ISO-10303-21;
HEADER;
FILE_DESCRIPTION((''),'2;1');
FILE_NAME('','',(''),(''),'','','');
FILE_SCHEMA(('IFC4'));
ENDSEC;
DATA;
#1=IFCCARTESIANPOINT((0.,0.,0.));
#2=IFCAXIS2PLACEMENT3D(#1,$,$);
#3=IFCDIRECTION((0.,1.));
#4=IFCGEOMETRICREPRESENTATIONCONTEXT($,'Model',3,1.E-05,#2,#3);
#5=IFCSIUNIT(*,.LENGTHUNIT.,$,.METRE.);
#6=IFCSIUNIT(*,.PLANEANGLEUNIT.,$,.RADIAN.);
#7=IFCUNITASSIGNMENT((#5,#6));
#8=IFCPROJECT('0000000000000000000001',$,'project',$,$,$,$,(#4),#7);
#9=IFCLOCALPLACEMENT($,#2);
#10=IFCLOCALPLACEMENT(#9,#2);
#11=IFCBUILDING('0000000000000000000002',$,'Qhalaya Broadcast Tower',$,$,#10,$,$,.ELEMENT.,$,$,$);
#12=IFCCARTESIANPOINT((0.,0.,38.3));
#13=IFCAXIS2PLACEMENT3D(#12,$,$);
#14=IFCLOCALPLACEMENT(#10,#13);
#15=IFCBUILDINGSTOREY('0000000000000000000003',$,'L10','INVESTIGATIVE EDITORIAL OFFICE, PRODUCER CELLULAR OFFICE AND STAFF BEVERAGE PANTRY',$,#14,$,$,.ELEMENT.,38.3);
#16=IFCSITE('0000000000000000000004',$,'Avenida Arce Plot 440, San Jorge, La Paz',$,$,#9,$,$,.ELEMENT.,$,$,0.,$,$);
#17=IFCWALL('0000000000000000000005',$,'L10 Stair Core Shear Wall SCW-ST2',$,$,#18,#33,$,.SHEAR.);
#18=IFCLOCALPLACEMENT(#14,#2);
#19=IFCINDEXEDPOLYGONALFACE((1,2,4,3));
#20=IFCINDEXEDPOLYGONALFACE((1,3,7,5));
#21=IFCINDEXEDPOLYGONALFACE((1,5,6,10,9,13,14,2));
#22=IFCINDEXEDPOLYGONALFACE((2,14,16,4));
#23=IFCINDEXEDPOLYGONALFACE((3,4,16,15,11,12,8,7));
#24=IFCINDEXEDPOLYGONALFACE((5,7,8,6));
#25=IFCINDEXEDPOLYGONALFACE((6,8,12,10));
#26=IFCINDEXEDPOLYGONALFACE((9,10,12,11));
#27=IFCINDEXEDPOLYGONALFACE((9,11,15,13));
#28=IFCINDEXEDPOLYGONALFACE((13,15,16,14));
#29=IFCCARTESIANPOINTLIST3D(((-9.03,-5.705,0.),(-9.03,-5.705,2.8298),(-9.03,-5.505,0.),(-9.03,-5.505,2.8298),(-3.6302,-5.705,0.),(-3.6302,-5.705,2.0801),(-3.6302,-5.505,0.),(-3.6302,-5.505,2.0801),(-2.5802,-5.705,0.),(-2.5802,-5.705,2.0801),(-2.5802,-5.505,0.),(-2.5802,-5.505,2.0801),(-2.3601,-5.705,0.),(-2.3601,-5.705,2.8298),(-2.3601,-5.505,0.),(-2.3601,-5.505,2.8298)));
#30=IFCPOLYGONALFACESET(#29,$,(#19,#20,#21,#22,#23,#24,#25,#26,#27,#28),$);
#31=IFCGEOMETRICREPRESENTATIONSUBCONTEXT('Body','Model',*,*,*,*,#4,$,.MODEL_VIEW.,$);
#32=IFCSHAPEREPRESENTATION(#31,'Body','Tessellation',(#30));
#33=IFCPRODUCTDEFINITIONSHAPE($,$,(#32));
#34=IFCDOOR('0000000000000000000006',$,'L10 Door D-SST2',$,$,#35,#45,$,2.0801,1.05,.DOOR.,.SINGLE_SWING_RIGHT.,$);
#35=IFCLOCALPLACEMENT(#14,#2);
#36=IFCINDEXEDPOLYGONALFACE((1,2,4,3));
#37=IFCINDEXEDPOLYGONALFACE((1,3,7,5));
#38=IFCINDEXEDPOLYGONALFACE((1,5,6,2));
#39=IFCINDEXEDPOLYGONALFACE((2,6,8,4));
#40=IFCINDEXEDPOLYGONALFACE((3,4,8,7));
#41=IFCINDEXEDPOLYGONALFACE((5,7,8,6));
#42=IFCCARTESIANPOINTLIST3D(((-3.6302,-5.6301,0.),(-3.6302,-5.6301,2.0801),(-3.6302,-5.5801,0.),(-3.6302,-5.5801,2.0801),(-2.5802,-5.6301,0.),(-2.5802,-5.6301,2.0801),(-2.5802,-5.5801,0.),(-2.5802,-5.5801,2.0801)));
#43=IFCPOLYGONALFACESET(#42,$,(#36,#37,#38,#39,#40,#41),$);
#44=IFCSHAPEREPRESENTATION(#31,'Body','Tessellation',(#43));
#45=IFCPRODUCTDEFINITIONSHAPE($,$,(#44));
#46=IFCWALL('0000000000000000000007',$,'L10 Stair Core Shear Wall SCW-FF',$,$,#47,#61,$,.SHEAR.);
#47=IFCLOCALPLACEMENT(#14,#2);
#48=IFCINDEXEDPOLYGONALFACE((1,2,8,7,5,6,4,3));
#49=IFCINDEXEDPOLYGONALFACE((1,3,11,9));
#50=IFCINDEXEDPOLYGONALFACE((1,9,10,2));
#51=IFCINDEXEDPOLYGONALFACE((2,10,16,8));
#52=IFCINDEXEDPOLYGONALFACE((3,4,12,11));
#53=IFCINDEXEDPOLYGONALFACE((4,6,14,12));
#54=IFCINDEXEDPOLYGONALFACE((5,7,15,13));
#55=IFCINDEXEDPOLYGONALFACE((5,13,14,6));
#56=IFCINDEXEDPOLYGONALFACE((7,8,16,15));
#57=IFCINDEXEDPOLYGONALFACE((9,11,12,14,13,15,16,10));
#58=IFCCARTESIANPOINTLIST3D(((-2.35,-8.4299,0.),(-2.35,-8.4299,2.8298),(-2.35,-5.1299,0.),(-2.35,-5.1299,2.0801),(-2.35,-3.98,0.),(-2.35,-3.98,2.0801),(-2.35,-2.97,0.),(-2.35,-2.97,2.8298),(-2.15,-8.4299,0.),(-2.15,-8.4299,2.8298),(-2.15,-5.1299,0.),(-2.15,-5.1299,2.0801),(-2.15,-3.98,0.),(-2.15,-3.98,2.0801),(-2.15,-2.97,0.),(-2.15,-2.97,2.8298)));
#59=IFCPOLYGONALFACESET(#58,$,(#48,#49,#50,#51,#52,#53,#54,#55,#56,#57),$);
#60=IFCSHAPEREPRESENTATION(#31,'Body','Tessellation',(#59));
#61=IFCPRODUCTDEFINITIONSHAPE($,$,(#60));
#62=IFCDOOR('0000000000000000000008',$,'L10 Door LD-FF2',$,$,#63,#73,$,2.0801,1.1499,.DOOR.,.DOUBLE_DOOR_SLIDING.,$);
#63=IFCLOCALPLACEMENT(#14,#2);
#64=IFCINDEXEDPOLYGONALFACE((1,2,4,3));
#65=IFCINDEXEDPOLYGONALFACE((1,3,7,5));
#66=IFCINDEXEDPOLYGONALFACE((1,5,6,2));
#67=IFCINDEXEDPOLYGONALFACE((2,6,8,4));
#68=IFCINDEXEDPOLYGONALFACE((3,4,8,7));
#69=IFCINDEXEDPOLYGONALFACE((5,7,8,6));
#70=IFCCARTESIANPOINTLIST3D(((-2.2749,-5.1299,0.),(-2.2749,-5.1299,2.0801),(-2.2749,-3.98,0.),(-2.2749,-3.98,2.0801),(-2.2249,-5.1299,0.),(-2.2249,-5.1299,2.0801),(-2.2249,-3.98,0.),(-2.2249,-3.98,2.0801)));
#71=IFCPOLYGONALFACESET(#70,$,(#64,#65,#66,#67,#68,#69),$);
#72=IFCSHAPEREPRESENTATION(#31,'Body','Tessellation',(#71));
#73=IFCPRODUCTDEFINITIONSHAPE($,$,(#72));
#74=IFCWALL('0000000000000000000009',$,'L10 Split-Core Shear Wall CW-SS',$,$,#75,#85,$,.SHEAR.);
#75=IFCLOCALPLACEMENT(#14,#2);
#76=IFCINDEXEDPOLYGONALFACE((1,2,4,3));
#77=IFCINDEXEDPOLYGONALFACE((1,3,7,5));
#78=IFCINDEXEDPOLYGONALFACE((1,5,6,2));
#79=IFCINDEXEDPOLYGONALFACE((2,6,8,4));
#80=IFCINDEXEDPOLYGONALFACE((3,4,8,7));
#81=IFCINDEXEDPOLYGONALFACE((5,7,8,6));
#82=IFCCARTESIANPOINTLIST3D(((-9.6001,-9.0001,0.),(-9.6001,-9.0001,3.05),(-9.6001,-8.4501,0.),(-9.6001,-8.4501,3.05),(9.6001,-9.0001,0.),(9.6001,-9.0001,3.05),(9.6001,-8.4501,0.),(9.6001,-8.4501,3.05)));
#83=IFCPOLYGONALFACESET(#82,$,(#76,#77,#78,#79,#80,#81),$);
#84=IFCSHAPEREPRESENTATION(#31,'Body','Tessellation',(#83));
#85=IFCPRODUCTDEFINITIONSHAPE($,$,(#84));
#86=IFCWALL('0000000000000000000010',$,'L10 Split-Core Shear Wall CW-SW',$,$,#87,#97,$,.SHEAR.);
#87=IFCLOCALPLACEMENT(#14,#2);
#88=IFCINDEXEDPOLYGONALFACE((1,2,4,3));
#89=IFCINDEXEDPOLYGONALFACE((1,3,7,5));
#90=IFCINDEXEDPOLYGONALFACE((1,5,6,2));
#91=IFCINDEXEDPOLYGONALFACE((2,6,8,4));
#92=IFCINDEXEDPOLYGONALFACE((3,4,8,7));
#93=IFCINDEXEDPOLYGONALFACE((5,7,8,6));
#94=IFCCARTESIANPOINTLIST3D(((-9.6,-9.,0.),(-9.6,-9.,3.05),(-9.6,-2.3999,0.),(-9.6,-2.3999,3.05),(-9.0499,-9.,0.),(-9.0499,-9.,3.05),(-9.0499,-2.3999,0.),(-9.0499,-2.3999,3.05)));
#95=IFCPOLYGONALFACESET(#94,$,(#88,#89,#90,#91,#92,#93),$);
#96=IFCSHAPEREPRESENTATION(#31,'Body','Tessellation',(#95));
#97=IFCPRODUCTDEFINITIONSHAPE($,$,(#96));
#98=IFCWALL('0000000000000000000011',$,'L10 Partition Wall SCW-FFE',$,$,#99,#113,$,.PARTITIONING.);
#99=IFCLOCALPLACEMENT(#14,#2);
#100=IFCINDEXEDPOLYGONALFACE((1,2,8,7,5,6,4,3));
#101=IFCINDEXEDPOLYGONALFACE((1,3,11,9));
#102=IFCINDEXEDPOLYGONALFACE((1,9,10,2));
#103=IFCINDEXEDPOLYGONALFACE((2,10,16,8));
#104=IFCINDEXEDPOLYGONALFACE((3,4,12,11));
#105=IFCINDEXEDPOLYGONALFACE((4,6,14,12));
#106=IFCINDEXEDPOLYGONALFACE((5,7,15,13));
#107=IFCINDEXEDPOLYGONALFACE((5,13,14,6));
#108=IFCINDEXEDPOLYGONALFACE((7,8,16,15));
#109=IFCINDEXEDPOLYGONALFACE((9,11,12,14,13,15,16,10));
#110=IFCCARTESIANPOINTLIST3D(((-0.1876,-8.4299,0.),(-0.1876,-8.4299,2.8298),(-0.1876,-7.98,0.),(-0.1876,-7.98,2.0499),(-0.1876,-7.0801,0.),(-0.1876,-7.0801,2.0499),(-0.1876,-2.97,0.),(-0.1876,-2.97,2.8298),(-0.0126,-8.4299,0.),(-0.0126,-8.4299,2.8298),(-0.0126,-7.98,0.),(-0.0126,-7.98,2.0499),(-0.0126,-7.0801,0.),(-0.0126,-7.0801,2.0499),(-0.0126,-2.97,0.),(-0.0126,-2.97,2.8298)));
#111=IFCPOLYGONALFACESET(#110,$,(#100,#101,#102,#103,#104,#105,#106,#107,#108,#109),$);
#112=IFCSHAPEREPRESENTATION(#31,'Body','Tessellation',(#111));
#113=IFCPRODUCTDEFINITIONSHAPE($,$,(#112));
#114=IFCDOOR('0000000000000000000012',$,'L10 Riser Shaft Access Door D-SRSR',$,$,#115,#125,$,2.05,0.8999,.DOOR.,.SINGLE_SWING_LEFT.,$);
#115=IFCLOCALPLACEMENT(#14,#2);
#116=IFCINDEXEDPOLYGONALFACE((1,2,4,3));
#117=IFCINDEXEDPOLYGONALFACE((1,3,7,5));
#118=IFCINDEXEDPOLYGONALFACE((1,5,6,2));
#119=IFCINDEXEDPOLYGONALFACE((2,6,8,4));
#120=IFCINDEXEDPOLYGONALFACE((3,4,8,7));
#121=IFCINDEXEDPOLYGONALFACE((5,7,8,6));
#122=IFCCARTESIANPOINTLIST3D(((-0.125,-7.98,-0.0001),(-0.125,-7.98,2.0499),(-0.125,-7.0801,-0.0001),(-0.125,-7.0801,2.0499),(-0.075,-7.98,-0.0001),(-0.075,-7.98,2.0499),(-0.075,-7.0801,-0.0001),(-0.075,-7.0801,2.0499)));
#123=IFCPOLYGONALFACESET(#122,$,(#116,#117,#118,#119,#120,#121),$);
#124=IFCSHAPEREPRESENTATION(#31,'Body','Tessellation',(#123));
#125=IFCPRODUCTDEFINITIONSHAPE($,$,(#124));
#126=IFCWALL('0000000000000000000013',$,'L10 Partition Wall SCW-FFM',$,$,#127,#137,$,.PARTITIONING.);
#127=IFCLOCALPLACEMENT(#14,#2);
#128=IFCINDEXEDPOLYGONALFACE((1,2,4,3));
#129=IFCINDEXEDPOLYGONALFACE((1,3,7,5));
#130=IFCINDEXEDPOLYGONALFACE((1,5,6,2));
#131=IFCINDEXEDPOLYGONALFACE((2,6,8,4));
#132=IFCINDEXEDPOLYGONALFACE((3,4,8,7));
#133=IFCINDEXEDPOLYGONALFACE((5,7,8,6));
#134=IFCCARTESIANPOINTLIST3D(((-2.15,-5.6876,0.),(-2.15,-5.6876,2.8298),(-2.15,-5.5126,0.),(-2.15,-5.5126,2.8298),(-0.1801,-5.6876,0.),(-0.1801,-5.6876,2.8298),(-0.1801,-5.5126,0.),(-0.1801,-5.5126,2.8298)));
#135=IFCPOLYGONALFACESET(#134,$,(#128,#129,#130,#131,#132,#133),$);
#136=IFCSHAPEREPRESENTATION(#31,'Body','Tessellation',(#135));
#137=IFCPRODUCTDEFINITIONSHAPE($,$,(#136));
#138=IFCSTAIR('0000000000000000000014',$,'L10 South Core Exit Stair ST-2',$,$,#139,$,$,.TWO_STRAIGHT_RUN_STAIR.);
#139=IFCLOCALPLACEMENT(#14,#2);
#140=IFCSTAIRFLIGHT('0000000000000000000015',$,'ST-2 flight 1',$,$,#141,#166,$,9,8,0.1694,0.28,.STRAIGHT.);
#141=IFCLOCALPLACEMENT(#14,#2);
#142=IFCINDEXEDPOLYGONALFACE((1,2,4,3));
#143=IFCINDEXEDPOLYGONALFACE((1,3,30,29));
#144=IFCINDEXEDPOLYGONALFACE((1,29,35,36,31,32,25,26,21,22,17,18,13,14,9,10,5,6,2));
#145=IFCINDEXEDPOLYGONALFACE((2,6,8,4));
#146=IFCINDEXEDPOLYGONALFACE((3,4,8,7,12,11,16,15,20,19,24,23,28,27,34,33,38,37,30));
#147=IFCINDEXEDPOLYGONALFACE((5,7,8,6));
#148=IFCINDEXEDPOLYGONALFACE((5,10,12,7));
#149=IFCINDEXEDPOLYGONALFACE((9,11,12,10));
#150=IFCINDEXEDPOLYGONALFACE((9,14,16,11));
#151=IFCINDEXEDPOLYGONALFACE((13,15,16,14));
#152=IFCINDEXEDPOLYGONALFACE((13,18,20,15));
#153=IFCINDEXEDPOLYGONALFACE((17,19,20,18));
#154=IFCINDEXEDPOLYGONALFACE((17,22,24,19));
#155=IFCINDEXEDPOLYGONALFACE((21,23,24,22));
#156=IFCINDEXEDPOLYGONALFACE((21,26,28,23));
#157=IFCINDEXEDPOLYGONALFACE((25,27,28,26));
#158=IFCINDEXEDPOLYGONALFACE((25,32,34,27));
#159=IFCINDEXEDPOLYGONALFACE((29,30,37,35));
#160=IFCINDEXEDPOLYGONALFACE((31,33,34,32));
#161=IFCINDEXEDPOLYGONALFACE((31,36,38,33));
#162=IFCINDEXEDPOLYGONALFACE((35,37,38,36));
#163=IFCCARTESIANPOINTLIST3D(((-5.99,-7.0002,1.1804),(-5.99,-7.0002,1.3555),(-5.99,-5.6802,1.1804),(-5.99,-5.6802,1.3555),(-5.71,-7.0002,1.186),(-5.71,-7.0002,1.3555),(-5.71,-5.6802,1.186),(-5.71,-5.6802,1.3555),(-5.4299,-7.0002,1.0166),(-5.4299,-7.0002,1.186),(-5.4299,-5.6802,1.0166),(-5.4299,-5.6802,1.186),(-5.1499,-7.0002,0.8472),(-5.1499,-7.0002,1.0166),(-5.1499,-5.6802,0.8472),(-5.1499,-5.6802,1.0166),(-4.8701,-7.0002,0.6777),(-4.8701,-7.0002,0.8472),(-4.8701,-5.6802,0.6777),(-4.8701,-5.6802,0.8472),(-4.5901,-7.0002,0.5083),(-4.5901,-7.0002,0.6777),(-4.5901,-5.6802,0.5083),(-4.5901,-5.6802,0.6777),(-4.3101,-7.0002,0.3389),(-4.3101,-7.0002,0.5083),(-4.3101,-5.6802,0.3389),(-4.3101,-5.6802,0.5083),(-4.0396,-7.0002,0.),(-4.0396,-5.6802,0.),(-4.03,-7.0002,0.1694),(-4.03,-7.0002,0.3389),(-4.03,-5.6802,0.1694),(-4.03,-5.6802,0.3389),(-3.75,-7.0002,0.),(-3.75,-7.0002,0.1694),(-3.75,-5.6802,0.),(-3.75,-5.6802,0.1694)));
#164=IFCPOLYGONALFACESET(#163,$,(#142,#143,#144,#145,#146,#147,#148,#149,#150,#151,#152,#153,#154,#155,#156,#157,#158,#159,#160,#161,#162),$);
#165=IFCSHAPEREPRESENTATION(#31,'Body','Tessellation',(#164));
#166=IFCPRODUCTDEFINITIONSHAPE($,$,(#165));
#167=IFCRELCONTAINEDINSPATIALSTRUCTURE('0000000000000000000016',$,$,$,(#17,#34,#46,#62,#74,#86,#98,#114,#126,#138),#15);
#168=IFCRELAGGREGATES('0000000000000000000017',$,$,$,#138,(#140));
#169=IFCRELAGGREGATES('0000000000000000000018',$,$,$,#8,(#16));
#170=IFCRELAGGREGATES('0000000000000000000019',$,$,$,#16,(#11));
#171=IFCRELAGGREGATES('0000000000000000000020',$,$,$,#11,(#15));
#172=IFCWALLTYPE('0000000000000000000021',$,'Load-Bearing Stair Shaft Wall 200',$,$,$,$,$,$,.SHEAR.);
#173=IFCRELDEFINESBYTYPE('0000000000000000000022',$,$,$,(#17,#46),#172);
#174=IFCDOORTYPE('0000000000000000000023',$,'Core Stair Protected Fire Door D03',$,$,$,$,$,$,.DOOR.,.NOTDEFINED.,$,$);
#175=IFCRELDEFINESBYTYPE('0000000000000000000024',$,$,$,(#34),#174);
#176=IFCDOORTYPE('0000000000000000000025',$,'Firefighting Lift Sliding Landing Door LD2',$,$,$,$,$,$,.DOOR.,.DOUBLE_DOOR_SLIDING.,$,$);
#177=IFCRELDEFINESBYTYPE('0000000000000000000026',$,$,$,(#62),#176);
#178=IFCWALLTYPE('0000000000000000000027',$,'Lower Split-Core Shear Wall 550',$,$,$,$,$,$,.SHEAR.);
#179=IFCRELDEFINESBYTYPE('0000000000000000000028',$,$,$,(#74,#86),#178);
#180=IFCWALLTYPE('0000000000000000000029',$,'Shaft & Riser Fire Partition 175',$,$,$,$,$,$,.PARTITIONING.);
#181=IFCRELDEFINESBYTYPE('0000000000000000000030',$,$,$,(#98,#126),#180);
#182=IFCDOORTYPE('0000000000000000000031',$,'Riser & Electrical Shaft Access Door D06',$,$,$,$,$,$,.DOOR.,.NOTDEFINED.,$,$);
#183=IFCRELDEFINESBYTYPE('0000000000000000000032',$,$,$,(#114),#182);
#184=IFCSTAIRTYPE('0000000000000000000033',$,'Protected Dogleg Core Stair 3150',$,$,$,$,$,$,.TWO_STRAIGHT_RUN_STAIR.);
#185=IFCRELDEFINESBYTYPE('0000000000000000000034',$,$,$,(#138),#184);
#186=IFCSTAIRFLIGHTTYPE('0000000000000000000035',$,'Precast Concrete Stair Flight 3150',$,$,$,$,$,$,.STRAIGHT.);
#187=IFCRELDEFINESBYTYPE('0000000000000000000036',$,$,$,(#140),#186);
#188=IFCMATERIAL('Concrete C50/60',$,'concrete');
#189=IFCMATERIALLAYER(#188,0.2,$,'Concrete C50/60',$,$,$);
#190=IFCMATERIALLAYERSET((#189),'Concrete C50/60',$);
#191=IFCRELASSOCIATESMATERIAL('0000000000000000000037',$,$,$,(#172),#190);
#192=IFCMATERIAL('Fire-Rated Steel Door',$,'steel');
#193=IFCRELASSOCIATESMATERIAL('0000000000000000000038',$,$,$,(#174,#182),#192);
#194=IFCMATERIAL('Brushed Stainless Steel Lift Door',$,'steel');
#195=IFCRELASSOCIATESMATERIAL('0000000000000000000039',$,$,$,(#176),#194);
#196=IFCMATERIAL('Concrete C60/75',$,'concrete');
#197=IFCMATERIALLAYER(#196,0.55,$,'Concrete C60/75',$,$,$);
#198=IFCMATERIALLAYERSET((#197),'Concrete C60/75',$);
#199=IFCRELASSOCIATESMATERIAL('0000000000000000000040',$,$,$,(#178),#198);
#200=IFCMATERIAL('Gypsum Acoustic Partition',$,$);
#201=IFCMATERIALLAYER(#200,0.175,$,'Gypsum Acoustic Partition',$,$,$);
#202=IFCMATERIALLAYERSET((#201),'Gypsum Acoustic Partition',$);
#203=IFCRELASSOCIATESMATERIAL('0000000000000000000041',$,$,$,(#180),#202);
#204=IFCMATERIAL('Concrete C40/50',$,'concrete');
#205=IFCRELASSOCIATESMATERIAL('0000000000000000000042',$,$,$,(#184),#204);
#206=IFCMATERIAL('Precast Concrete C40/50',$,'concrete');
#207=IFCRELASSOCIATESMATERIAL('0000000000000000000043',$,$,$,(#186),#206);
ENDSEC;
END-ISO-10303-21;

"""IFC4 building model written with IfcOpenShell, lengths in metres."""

from ifc_helpers import new_model, si_unit, direction, frame, frame_2d, origin, place, context, subcontext, project, spatial, polyline, rectangle, outline, extrude, material, layer, layer_set, type_object, element, fill, aggregate, save


model = new_model("IFC4")

# Units and contexts
model_context = context("Model", 3, precision=1e-05, world=origin(), true_north=direction((0.0, 1.0)))
body_context = subcontext(model_context, "Body", "Model", "MODEL_VIEW")
ifc_project = project(units=[si_unit("LENGTHUNIT", "METRE"), si_unit("PLANEANGLEUNIT", "RADIAN")], contexts=[model_context])

# Site, building, storey
site_placement = place(None, origin())
site = spatial("IfcSite", under=ifc_project, at=site_placement, Name="Avenida Arce Plot 440, San Jorge, La Paz", CompositionType="ELEMENT", RefElevation=0.0)
building_placement = place(site_placement, origin())
building = spatial("IfcBuilding", under=site, at=building_placement, Name="Qhalaya Broadcast Tower", CompositionType="ELEMENT")
storey_placement = place(building_placement, frame((0.0, 0.0, 38.3)))
storey = spatial("IfcBuildingStorey", under=building, at=storey_placement, Name="L10", Description="INVESTIGATIVE EDITORIAL OFFICE, PRODUCER CELLULAR OFFICE AND STAFF BEVERAGE PANTRY", CompositionType="ELEMENT", Elevation=38.3)

# Shared definitions
ifc_material_1 = material(Name="Concrete C50/60", Category="concrete")

# Walls, openings, doors
ifc_material_2 = material(Name="Gypsum Acoustic Partition")
ifc_layer_1 = layer(ifc_material_1, 0.2, Name="Concrete C50/60")
ifc_layer_set_1 = layer_set([ifc_layer_1], Name="Concrete C50/60")
wall_type_1 = type_object("IfcWallType", Name="Load-Bearing Stair Shaft Wall 200", PredefinedType="SHEAR", material=ifc_layer_set_1)
wall_1_placement = place(storey_placement, frame((-9.03, -5.605, 0.0), z_axis=(0.0, 0.0, 1.0), x_axis=(1.0, 0.0, 0.0)))
wall_1 = element("IfcWall", 1, at=wall_1_placement, inside=storey, type_object=wall_type_1, Name="L10 Stair Core Shear Wall SCW-ST2", PredefinedType="SHEAR", context=body_context, shape_type="SweptSolid", body=[
    extrude(rectangle(XDim=6.6699, YDim=0.2, at=frame_2d((3.335, 0.0))), origin(), (0.0, 0.0, 1.0), 2.8298),
])
opening_1_placement = place(wall_1_placement, frame((5.3999, 0.0, 0.0)))
opening_1 = element("IfcOpeningElement", 2, at=opening_1_placement, cuts=wall_1, PredefinedType="OPENING", context=body_context, shape_type="SweptSolid", body=[
    extrude(rectangle(XDim=1.05, YDim=2.0801, at=frame_2d((0.5249, 1.04))), frame((0.0, 0.1121, 0.0), z_axis=(0.0, -1.0, 0.0), x_axis=(1.0, 0.0, 0.0)), (0.0, 0.0, 1.0), 0.2239),
])
ifc_material_3 = material(Name="Fire-Rated Steel Door", Category="steel")
door_type_1 = type_object("IfcDoorType", Name="Core Stair Protected Fire Door D03", OperationType="NOTDEFINED", PredefinedType="DOOR", material=ifc_material_3)
door_1_placement = place(opening_1_placement, origin())
door_1 = element("IfcDoor", 3, at=door_1_placement, inside=storey, type_object=door_type_1, Name="L10 Door D-SST2", OperationType="SINGLE_SWING_RIGHT", OverallHeight=2.0801, OverallWidth=1.05, PredefinedType="DOOR", context=body_context, shape_type="SweptSolid", body=[
    extrude(rectangle(XDim=1.05, YDim=2.0801, at=frame_2d((0.5249, 1.04))), frame((0.0, 0.0249, 0.0), z_axis=(0.0, -1.0, 0.0), x_axis=(1.0, 0.0, 0.0)), (0.0, 0.0, 1.0), 0.05),
])
fill(opening_1, door_1)
wall_2_placement = place(storey_placement, frame((-2.25, -8.4299, 0.0), z_axis=(0.0, 0.0, 1.0), x_axis=(0.0, 1.0, 0.0)))
wall_2 = element("IfcWall", 4, at=wall_2_placement, inside=storey, type_object=wall_type_1, Name="L10 Stair Core Shear Wall SCW-FF", PredefinedType="SHEAR", context=body_context, shape_type="SweptSolid", body=[
    extrude(rectangle(XDim=5.46, YDim=0.2, at=frame_2d((2.73, 0.0))), origin(), (0.0, 0.0, 1.0), 2.8298),
])
opening_2_placement = place(wall_2_placement, frame((3.3, 0.0, 0.0)))
opening_2 = element("IfcOpeningElement", 5, at=opening_2_placement, cuts=wall_2, PredefinedType="OPENING", context=body_context, shape_type="SweptSolid", body=[
    extrude(rectangle(XDim=1.1499, YDim=2.0801, at=frame_2d((0.575, 1.04))), frame((0.0, 0.1121, 0.0), z_axis=(0.0, -1.0, 0.0), x_axis=(1.0, 0.0, 0.0)), (0.0, 0.0, 1.0), 0.2239),
])
ifc_material_4 = material(Name="Brushed Stainless Steel Lift Door", Category="steel")
door_type_2 = type_object("IfcDoorType", Name="Firefighting Lift Sliding Landing Door LD2", OperationType="DOUBLE_DOOR_SLIDING", PredefinedType="DOOR", material=ifc_material_4)
door_2_placement = place(opening_2_placement, origin())
door_2 = element("IfcDoor", 6, at=door_2_placement, inside=storey, type_object=door_type_2, Name="L10 Door LD-FF2", OperationType="DOUBLE_DOOR_SLIDING", OverallHeight=2.0801, OverallWidth=1.1499, PredefinedType="DOOR", context=body_context, shape_type="SweptSolid", body=[
    extrude(rectangle(XDim=1.1499, YDim=2.0801, at=frame_2d((0.575, 1.04))), frame((0.0, 0.0249, 0.0), z_axis=(0.0, -1.0, 0.0), x_axis=(1.0, 0.0, 0.0)), (0.0, 0.0, 1.0), 0.05),
])
fill(opening_2, door_2)

# Wall
ifc_material_5 = material(Name="Concrete C60/75", Category="concrete")
ifc_layer_2 = layer(ifc_material_5, 0.55, Name="Concrete C60/75")
ifc_layer_set_2 = layer_set([ifc_layer_2], Name="Concrete C60/75")
wall_type_2 = type_object("IfcWallType", Name="Lower Split-Core Shear Wall 550", PredefinedType="SHEAR", material=ifc_layer_set_2)
wall_3_placement = place(storey_placement, frame((-9.6001, -8.7251, 0.0), z_axis=(0.0, 0.0, 1.0), x_axis=(1.0, 0.0, 0.0)))
element("IfcWall", 7, at=wall_3_placement, inside=storey, type_object=wall_type_2, Name="L10 Split-Core Shear Wall CW-SS", PredefinedType="SHEAR", context=body_context, shape_type="SweptSolid", body=[
    extrude(rectangle(XDim=19.2002, YDim=0.55, at=frame_2d((9.6001, 0.0))), origin(), (0.0, 0.0, 1.0), 3.05),
])

# Shared definitions
door_type_3 = type_object("IfcDoorType", Name="Riser & Electrical Shaft Access Door D06", OperationType="NOTDEFINED", PredefinedType="DOOR", material=ifc_material_3)

# Wall
wall_4_placement = place(storey_placement, frame((-9.325, -9.0, 0.0), z_axis=(0.0, 0.0, 1.0), x_axis=(0.0, 1.0, 0.0)))
element("IfcWall", 8, at=wall_4_placement, inside=storey, type_object=wall_type_2, Name="L10 Split-Core Shear Wall CW-SW", PredefinedType="SHEAR", context=body_context, shape_type="SweptSolid", body=[
    extrude(rectangle(XDim=6.6001, YDim=0.55, at=frame_2d((3.3, 0.0))), origin(), (0.0, 0.0, 1.0), 3.05),
])

# Wall, opening, door
ifc_layer_3 = layer(ifc_material_2, 0.175, Name="Gypsum Acoustic Partition")
ifc_layer_set_3 = layer_set([ifc_layer_3], Name="Gypsum Acoustic Partition")
wall_type_3 = type_object("IfcWallType", Name="Shaft & Riser Fire Partition 175", PredefinedType="PARTITIONING", material=ifc_layer_set_3)
wall_5_placement = place(storey_placement, frame((-0.1001, -8.4299, 0.0), z_axis=(0.0, 0.0, 1.0), x_axis=(0.0, 1.0, 0.0)))
wall_5 = element("IfcWall", 9, at=wall_5_placement, inside=storey, type_object=wall_type_3, Name="L10 Partition Wall SCW-FFE", PredefinedType="PARTITIONING", context=body_context, shape_type="SweptSolid", body=[
    extrude(rectangle(XDim=5.46, YDim=0.175, at=frame_2d((2.73, 0.0))), origin(), (0.0, 0.0, 1.0), 2.8298),
])
opening_3_placement = place(wall_5_placement, frame((0.45, 0.0, 0.0)))
opening_3 = element("IfcOpeningElement", 10, at=opening_3_placement, cuts=wall_5, PredefinedType="OPENING", context=body_context, shape_type="SweptSolid", body=[
    extrude(rectangle(XDim=0.8999, YDim=2.05, at=frame_2d((0.45, 1.0249))), frame((0.0, 0.0996, 0.0), z_axis=(0.0, -1.0, 0.0), x_axis=(1.0, 0.0, 0.0)), (0.0, 0.0, 1.0), 0.199),
])
door_3_placement = place(opening_3_placement, origin())
door_3 = element("IfcDoor", 11, at=door_3_placement, inside=storey, type_object=door_type_3, Name="L10 Riser Shaft Access Door D-SRSR", OperationType="SINGLE_SWING_LEFT", OverallHeight=2.05, OverallWidth=0.8999, PredefinedType="DOOR", context=body_context, shape_type="SweptSolid", body=[
    extrude(rectangle(XDim=0.8999, YDim=2.05, at=frame_2d((0.45, 1.0249))), frame((0.0, 0.0249, 0.0), z_axis=(0.0, -1.0, 0.0), x_axis=(1.0, 0.0, 0.0)), (0.0, 0.0, 1.0), 0.05),
])
fill(opening_3, door_3)

# Wall
wall_6_placement = place(storey_placement, frame((-2.1499, -5.6001, 0.0), z_axis=(0.0, 0.0, 1.0), x_axis=(1.0, 0.0, 0.0)))
element("IfcWall", 12, at=wall_6_placement, inside=storey, type_object=wall_type_3, Name="L10 Partition Wall SCW-FFM", PredefinedType="PARTITIONING", context=body_context, shape_type="SweptSolid", body=[
    extrude(rectangle(XDim=1.97, YDim=0.175, at=frame_2d((0.9849, 0.0))), origin(), (0.0, 0.0, 1.0), 2.8298),
])

# Stair, stair flight
ifc_material_6 = material(Name="Concrete C40/50", Category="concrete")
stair_type = type_object("IfcStairType", Name="Protected Dogleg Core Stair 3150", PredefinedType="TWO_STRAIGHT_RUN_STAIR", material=ifc_material_6)
stair_placement = place(storey_placement, origin())
stair = element("IfcStair", 13, at=stair_placement, inside=storey, type_object=stair_type, Name="L10 South Core Exit Stair ST-2", PredefinedType="TWO_STRAIGHT_RUN_STAIR")
ifc_material_7 = material(Name="Precast Concrete C40/50", Category="concrete")
stair_flight_type = type_object("IfcStairFlightType", Name="Precast Concrete Stair Flight 3150", PredefinedType="STRAIGHT", material=ifc_material_7)
stair_flight_1_placement = place(storey_placement, frame((-3.75, -6.3401, 0.0), z_axis=(0.0, 0.0, 1.0), x_axis=(-1.0, 0.0, 0.0)))
stair_flight_1 = element("IfcStairFlight", 14, at=stair_flight_1_placement, type_object=stair_flight_type, Name="ST-2 flight 1", NumberOfRisers=9, NumberOfTreads=8, PredefinedType="STRAIGHT", RiserHeight=0.1694, TreadLength=0.28, context=body_context, shape_type="SweptSolid", body=[
    extrude(outline(polyline([(0.0, 0.0), (0.0, 0.1694), (0.28, 0.1694), (0.28, 0.3389), (0.5601, 0.3389), (0.5601, 0.5083), (0.8401, 0.5083), (0.8401, 0.6777), (1.1201, 0.6777), (1.1201, 0.8472), (1.3999, 0.8472), (1.3999, 1.0166), (1.6799, 1.0166), (1.6799, 1.186), (1.96, 1.186), (1.96, 1.3555), (2.24, 1.3555), (2.24, 1.5249), (2.24, 1.1804), (0.2896, 0.0), (0.0, 0.0)])), frame((0.0, 0.6602, 0.0), z_axis=(0.0, -1.0, 0.0), x_axis=(1.0, 0.0, 0.0)), (0.0, 0.0, 1.0), 1.3201),
])
aggregate(stair, [stair_flight_1])

save(model, "model.ifc")
